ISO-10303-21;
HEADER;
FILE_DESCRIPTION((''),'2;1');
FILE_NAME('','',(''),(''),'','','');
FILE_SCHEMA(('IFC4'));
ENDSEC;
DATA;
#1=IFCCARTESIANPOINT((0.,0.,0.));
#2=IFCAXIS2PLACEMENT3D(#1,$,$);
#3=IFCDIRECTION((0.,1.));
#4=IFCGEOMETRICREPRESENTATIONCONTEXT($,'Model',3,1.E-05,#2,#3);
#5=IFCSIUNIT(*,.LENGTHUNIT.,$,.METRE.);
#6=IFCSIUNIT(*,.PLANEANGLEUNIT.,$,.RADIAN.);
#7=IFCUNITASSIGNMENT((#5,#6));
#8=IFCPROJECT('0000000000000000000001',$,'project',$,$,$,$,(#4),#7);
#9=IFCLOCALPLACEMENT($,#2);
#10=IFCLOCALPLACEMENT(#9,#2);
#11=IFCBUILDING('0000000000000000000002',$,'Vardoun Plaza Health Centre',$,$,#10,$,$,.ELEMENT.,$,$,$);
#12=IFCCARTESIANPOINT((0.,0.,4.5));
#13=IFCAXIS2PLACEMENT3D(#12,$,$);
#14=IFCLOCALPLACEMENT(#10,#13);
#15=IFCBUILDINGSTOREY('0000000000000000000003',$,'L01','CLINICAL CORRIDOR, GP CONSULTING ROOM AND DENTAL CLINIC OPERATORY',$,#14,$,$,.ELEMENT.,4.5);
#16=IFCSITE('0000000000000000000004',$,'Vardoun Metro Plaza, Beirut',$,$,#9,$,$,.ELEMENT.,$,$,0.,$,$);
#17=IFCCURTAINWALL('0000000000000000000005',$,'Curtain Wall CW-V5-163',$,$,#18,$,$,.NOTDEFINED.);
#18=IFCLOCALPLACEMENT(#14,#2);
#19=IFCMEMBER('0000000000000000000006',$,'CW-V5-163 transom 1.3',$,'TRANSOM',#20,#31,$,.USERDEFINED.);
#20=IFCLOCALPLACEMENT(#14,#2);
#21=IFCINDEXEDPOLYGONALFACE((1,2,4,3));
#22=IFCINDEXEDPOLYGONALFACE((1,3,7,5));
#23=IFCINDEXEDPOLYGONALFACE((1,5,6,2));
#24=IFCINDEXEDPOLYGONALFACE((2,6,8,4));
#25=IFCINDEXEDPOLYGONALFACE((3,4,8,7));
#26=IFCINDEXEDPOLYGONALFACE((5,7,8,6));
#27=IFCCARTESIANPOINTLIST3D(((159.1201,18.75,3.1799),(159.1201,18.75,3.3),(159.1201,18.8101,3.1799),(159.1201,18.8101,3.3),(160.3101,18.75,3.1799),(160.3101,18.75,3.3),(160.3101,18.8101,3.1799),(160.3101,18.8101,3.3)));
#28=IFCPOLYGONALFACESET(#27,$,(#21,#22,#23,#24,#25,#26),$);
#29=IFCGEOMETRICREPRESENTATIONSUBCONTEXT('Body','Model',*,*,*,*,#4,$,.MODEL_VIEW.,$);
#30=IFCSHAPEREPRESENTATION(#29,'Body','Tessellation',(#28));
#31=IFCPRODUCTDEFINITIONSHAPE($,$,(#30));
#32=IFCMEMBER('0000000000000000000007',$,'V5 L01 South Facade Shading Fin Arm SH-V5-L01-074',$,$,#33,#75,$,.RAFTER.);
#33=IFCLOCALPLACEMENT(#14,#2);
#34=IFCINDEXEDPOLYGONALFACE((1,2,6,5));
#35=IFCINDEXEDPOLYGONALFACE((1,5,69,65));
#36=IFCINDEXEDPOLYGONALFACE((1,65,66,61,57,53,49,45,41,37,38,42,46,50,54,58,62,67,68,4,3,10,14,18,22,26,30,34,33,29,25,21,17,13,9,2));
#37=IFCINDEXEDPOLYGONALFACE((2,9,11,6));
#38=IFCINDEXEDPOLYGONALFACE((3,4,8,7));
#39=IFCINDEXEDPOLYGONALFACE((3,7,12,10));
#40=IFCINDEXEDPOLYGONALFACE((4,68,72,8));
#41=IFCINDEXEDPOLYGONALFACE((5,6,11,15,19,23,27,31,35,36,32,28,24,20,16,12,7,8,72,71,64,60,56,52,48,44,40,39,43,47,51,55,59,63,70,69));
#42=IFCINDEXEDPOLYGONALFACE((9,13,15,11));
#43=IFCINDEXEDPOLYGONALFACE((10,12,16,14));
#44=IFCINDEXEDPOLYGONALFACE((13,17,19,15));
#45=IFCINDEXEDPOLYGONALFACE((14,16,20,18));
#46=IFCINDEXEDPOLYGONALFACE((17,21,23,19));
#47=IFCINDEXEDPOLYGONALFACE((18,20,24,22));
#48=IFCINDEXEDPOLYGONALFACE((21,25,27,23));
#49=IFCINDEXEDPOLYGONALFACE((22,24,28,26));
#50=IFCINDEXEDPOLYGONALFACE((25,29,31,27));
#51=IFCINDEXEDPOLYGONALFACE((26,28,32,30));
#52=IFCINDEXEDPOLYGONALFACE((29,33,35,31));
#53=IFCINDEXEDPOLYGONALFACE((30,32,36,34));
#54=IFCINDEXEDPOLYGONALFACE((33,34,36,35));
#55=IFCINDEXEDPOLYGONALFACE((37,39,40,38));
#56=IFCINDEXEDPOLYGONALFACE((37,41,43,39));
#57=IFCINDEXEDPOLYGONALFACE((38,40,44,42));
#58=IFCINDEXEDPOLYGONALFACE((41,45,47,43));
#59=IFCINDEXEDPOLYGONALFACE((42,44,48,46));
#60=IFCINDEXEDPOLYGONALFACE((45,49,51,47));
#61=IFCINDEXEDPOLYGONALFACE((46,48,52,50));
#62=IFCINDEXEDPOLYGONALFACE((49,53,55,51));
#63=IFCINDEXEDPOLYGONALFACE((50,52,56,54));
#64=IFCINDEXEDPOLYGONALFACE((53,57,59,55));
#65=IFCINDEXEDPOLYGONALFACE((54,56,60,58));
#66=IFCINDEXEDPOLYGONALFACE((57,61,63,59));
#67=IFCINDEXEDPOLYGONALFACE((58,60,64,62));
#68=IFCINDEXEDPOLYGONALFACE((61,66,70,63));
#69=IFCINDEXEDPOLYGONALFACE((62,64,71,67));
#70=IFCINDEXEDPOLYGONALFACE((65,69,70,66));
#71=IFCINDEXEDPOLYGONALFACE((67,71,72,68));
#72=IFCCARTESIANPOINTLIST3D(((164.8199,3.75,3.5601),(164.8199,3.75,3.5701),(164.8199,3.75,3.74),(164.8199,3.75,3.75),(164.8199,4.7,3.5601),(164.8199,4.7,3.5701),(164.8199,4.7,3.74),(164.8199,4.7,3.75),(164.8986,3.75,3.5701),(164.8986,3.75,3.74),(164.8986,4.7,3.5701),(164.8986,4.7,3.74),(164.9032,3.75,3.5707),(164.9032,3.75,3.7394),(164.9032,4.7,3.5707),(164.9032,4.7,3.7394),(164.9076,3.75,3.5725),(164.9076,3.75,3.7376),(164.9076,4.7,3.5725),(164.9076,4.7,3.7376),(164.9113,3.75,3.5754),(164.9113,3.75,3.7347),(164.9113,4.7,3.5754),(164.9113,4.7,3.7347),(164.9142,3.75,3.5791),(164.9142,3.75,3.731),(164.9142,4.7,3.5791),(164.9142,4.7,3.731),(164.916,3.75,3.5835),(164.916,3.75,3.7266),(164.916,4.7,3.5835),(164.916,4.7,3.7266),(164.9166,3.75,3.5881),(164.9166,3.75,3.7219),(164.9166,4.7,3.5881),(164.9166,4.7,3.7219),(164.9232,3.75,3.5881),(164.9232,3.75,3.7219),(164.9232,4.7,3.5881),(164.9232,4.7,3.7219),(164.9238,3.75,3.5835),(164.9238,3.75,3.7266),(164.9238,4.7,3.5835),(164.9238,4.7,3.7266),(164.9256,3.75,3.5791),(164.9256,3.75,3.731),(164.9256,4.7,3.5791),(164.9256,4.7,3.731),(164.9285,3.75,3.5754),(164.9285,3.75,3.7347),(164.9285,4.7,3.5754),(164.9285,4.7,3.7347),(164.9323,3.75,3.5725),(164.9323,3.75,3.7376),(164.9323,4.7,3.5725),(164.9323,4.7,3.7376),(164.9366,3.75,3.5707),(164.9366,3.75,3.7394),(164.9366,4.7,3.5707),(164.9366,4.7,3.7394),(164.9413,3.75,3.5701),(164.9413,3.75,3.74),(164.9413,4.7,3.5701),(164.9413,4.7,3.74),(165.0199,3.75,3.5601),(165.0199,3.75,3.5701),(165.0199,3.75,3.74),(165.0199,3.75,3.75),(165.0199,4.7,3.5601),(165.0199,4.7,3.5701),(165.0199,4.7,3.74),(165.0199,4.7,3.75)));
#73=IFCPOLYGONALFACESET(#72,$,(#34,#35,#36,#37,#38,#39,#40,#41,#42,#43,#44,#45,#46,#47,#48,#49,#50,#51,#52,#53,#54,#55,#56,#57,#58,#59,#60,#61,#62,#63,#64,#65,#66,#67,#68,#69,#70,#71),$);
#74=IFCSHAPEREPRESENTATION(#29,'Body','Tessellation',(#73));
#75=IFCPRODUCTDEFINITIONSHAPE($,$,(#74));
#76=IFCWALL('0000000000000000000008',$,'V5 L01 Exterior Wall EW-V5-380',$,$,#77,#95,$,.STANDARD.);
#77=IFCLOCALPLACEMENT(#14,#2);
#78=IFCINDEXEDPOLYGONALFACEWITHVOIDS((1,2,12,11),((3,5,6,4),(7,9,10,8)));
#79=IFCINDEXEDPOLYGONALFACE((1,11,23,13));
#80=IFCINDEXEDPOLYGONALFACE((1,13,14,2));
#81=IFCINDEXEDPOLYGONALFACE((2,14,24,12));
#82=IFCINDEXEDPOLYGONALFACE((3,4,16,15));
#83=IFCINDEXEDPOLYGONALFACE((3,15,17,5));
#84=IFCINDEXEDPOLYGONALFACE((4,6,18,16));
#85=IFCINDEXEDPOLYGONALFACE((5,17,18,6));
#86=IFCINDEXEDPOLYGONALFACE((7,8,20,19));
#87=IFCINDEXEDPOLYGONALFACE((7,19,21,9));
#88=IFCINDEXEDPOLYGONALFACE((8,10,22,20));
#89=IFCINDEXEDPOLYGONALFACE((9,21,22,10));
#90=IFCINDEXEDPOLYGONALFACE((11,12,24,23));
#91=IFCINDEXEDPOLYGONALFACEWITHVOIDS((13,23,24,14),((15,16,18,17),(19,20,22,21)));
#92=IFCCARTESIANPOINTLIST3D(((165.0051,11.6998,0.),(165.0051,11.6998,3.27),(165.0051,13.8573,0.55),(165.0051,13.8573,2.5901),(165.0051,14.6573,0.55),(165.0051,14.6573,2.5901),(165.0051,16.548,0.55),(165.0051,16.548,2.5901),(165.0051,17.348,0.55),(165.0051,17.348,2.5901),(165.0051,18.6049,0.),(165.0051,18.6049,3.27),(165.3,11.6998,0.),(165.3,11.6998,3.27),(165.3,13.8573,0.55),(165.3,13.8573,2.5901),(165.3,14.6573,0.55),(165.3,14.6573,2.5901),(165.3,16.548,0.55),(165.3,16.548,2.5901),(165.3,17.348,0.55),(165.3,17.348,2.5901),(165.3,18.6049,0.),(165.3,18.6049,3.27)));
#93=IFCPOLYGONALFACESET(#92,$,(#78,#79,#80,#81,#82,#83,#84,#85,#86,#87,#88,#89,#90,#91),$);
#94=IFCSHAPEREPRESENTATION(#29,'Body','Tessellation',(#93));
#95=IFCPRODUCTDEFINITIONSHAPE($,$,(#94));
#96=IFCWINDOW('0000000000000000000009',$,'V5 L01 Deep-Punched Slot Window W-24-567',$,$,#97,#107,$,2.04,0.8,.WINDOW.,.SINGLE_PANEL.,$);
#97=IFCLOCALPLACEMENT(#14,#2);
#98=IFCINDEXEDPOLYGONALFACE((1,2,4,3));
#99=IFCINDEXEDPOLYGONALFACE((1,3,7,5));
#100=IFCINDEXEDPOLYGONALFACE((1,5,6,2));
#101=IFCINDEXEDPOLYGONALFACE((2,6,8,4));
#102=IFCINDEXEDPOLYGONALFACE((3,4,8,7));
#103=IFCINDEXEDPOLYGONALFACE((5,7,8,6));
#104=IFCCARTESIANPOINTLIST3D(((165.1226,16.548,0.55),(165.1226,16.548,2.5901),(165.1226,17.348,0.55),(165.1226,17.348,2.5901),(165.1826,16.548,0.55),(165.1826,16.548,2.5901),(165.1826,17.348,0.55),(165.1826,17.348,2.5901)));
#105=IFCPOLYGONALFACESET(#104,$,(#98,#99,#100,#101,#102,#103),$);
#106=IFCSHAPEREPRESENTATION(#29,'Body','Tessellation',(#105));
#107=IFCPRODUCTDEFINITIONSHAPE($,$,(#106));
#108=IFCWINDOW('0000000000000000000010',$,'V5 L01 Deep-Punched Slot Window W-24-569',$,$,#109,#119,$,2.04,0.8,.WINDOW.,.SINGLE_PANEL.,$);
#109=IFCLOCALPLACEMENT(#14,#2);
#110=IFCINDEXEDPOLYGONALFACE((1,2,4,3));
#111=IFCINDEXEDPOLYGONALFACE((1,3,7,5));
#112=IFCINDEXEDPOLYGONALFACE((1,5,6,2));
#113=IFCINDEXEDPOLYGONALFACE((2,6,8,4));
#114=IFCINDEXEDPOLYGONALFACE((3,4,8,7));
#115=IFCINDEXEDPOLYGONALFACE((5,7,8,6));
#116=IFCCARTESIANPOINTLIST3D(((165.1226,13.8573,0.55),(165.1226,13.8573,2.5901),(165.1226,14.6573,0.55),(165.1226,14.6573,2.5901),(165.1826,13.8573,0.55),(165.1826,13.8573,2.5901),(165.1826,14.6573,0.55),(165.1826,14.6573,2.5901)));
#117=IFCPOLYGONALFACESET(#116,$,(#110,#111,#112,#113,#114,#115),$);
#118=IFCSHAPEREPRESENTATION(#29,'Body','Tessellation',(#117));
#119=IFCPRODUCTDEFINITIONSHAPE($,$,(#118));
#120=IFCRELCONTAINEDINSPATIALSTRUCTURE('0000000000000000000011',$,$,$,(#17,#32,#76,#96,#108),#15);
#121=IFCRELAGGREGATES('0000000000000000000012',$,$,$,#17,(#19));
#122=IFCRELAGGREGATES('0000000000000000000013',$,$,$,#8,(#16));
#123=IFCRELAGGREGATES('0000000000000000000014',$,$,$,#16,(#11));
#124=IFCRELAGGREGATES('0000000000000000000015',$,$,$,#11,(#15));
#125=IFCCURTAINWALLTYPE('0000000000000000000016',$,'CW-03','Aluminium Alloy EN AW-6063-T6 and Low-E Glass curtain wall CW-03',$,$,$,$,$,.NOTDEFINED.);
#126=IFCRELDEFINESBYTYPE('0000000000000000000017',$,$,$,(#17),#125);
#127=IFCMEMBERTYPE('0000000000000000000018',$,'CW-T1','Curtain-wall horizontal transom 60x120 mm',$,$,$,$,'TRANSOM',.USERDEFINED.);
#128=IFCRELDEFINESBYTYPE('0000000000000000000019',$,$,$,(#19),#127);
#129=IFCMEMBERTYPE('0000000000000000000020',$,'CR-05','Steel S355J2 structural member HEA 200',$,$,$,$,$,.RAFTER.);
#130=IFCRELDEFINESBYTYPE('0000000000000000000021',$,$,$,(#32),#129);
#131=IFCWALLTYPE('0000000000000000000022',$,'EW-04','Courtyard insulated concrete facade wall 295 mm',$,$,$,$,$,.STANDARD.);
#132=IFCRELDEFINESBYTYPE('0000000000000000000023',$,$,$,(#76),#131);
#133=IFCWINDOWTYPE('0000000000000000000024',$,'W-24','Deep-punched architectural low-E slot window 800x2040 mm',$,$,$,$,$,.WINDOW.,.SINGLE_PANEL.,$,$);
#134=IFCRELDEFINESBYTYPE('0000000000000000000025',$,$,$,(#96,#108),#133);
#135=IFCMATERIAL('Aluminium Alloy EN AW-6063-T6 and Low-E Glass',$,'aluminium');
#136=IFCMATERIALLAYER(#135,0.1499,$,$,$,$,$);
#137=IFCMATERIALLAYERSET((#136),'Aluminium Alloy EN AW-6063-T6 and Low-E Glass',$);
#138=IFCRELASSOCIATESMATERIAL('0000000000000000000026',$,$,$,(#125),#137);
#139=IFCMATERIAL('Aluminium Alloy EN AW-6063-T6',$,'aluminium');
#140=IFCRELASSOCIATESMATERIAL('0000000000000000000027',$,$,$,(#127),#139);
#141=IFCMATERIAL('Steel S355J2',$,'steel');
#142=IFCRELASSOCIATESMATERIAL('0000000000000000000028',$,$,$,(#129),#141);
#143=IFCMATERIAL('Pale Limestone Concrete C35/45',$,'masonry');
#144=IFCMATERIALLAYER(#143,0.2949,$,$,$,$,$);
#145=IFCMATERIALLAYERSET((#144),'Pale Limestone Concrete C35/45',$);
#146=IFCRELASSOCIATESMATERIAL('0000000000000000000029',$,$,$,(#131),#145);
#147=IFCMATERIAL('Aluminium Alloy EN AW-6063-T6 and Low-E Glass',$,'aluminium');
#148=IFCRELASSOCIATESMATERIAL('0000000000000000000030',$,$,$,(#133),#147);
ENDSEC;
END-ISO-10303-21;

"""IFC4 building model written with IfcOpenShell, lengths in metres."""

from ifc_helpers import new_model, si_unit, direction, frame, frame_2d, origin, origin_2d, place, context, subcontext, project, spatial, rectangle, i_section, extrude, material, layer, layer_set, material_profile, profile_set, type_object, element, fill, aggregate, save


model = new_model("IFC4")

# Units and contexts
model_context = context("Model", 3, precision=1e-05, world=origin(), true_north=direction((0.0, 1.0)))
body_context = subcontext(model_context, "Body", "Model", "MODEL_VIEW")
ifc_project = project(units=[si_unit("LENGTHUNIT", "METRE"), si_unit("PLANEANGLEUNIT", "RADIAN")], contexts=[model_context])

# Site, building, storey
site_placement = place(None, origin())
site = spatial("IfcSite", under=ifc_project, at=site_placement, Name="Vardoun Metro Plaza, Beirut", CompositionType="ELEMENT", RefElevation=0.0)
building_placement = place(site_placement, origin())
building = spatial("IfcBuilding", under=site, at=building_placement, Name="Vardoun Plaza Health Centre", CompositionType="ELEMENT")
storey_placement = place(building_placement, frame((0.0, 0.0, 4.5)))
storey = spatial("IfcBuildingStorey", under=building, at=storey_placement, Name="L01", Description="CLINICAL CORRIDOR, GP CONSULTING ROOM AND DENTAL CLINIC OPERATORY", CompositionType="ELEMENT", Elevation=4.5)

# Curtain wall, member
ifc_material_1 = material(Name="Aluminium Alloy EN AW-6063-T6 and Low-E Glass", Category="aluminium")
ifc_layer_1 = layer(ifc_material_1, 0.1499)
ifc_layer_set_1 = layer_set([ifc_layer_1], Name="Aluminium Alloy EN AW-6063-T6 and Low-E Glass")
curtain_wall_type = type_object("IfcCurtainWallType", Name="CW-03", Description="Aluminium Alloy EN AW-6063-T6 and Low-E Glass curtain wall CW-03", PredefinedType="NOTDEFINED", material=ifc_layer_set_1)
curtain_wall_placement = place(storey_placement, origin())
curtain_wall = element("IfcCurtainWall", 1, at=curtain_wall_placement, inside=storey, type_object=curtain_wall_type, Name="Curtain Wall CW-V5-163", PredefinedType="NOTDEFINED")
ifc_material_2 = material(Name="Aluminium Alloy EN AW-6063-T6", Category="aluminium")
ifc_material_profile_1 = material_profile(ifc_material_2, rectangle(XDim=0.0601, YDim=0.1201, at=origin_2d()), Name="CWT 60x120")
ifc_profile_set_1 = profile_set([ifc_material_profile_1], Name="Aluminium Alloy EN AW-6063-T6")
member_type_1 = type_object("IfcMemberType", Name="CW-T1", Description="Curtain-wall horizontal transom 60x120 mm", ElementType="TRANSOM", PredefinedType="USERDEFINED", material=ifc_profile_set_1)
member_1_placement = place(storey_placement, frame((159.1201, 18.78, 3.24), z_axis=(1.0, 0.0, 0.0), x_axis=(0.0, 1.0, 0.0)))
member_1 = element("IfcMember", 2, at=member_1_placement, type_object=member_type_1, Name="CW-V5-163 transom 1.3", ObjectType="TRANSOM", PredefinedType="USERDEFINED", context=body_context, shape_type="SweptSolid", body=[
    extrude(rectangle(XDim=0.0601, YDim=0.1201, at=origin_2d()), origin(), (0.0, 0.0, 1.0), 1.1899),
])
aggregate(curtain_wall, [member_1])

# Member
ifc_material_3 = material(Name="Steel S355J2", Category="steel")
ifc_material_profile_2 = material_profile(ifc_material_3, i_section(OverallWidth=0.2, OverallDepth=0.1899, WebThickness=0.0066, FlangeThickness=0.01, FilletRadius=0.0181, at=origin_2d()), Name="HEA 200")
ifc_profile_set_2 = profile_set([ifc_material_profile_2], Name="Steel S355J2")
member_type_2 = type_object("IfcMemberType", Name="CR-05", Description="Steel S355J2 structural member HEA 200", PredefinedType="RAFTER", material=ifc_profile_set_2)
member_2_placement = place(storey_placement, frame((164.9199, 4.7, 3.655), z_axis=(0.0, -1.0, 0.0), x_axis=(1.0, 0.0, 0.0)))
element("IfcMember", 3, at=member_2_placement, inside=storey, type_object=member_type_2, Name="V5 L01 South Facade Shading Fin Arm SH-V5-L01-074", PredefinedType="RAFTER", context=body_context, shape_type="SweptSolid", body=[
    extrude(i_section(OverallWidth=0.2, OverallDepth=0.1899, WebThickness=0.0066, FlangeThickness=0.01, FilletRadius=0.0181, at=origin_2d()), origin(), (0.0, 0.0, 1.0), 0.95),
])

# Wall, openings, windows
ifc_material_4 = material(Name="Pale Limestone Concrete C35/45", Category="masonry")
ifc_layer_2 = layer(ifc_material_4, 0.2949)
ifc_layer_set_2 = layer_set([ifc_layer_2], Name="Pale Limestone Concrete C35/45")
wall_type_1 = type_object("IfcWallType", Name="EW-04", Description="Courtyard insulated concrete facade wall 295 mm", PredefinedType="STANDARD", material=ifc_layer_set_2)
wall_1_placement = place(storey_placement, frame((165.1526, 18.605, 0.0), z_axis=(0.0, 0.0, 1.0), x_axis=(0.0, -1.0, 0.0)))
wall_1 = element("IfcWall", 4, at=wall_1_placement, inside=storey, type_object=wall_type_1, Name="V5 L01 Exterior Wall EW-V5-380", PredefinedType="STANDARD", context=body_context, shape_type="SweptSolid", body=[
    extrude(rectangle(XDim=6.905, YDim=0.2949, at=frame_2d((3.4526, 0.0))), origin(), (0.0, 0.0, 1.0), 3.27),
])
opening_1_placement = place(wall_1_placement, frame((1.2571, 0.0, 0.55)))
opening_1 = element("IfcOpeningElement", 5, at=opening_1_placement, cuts=wall_1, PredefinedType="OPENING", context=body_context, shape_type="SweptSolid", body=[
    extrude(rectangle(XDim=0.8, YDim=2.04, at=frame_2d((0.3999, 1.02))), frame((0.0, 0.1475, 0.0), z_axis=(0.0, -1.0, 0.0), x_axis=(1.0, 0.0, 0.0)), (0.0, 0.0, 1.0), 0.2949),
])
opening_2_placement = place(wall_1_placement, frame((3.9478, 0.0, 0.55)))
opening_2 = element("IfcOpeningElement", 6, at=opening_2_placement, cuts=wall_1, PredefinedType="OPENING", context=body_context, shape_type="SweptSolid", body=[
    extrude(rectangle(XDim=0.8, YDim=2.04, at=frame_2d((0.3999, 1.02))), frame((0.0, 0.1475, 0.0), z_axis=(0.0, -1.0, 0.0), x_axis=(1.0, 0.0, 0.0)), (0.0, 0.0, 1.0), 0.2949),
])
ifc_material_5 = material(Name="Aluminium Alloy EN AW-6063-T6 and Low-E Glass", Category="aluminium")
window_type_1 = type_object("IfcWindowType", Name="W-24", Description="Deep-punched architectural low-E slot window 800x2040 mm", PartitioningType="SINGLE_PANEL", PredefinedType="WINDOW", material=ifc_material_5)
window_1_placement = place(opening_1_placement, origin())
window_1 = element("IfcWindow", 7, at=window_1_placement, inside=storey, type_object=window_type_1, Name="V5 L01 Deep-Punched Slot Window W-24-567", OverallHeight=2.04, OverallWidth=0.8, PartitioningType="SINGLE_PANEL", PredefinedType="WINDOW", context=body_context, shape_type="SweptSolid", body=[
    extrude(rectangle(XDim=0.8, YDim=2.04, at=frame_2d((0.3999, 1.02))), frame((0.0, 0.03, 0.0), z_axis=(0.0, -1.0, 0.0), x_axis=(1.0, 0.0, 0.0)), (0.0, 0.0, 1.0), 0.0601),
])
fill(opening_1, window_1)
window_2_placement = place(opening_2_placement, origin())
window_2 = element("IfcWindow", 8, at=window_2_placement, inside=storey, type_object=window_type_1, Name="V5 L01 Deep-Punched Slot Window W-24-569", OverallHeight=2.04, OverallWidth=0.8, PartitioningType="SINGLE_PANEL", PredefinedType="WINDOW", context=body_context, shape_type="SweptSolid", body=[
    extrude(rectangle(XDim=0.8, YDim=2.04, at=frame_2d((0.3999, 1.02))), frame((0.0, 0.03, 0.0), z_axis=(0.0, -1.0, 0.0), x_axis=(1.0, 0.0, 0.0)), (0.0, 0.0, 1.0), 0.0601),
])
fill(opening_2, window_2)

save(model, "model.ifc")
